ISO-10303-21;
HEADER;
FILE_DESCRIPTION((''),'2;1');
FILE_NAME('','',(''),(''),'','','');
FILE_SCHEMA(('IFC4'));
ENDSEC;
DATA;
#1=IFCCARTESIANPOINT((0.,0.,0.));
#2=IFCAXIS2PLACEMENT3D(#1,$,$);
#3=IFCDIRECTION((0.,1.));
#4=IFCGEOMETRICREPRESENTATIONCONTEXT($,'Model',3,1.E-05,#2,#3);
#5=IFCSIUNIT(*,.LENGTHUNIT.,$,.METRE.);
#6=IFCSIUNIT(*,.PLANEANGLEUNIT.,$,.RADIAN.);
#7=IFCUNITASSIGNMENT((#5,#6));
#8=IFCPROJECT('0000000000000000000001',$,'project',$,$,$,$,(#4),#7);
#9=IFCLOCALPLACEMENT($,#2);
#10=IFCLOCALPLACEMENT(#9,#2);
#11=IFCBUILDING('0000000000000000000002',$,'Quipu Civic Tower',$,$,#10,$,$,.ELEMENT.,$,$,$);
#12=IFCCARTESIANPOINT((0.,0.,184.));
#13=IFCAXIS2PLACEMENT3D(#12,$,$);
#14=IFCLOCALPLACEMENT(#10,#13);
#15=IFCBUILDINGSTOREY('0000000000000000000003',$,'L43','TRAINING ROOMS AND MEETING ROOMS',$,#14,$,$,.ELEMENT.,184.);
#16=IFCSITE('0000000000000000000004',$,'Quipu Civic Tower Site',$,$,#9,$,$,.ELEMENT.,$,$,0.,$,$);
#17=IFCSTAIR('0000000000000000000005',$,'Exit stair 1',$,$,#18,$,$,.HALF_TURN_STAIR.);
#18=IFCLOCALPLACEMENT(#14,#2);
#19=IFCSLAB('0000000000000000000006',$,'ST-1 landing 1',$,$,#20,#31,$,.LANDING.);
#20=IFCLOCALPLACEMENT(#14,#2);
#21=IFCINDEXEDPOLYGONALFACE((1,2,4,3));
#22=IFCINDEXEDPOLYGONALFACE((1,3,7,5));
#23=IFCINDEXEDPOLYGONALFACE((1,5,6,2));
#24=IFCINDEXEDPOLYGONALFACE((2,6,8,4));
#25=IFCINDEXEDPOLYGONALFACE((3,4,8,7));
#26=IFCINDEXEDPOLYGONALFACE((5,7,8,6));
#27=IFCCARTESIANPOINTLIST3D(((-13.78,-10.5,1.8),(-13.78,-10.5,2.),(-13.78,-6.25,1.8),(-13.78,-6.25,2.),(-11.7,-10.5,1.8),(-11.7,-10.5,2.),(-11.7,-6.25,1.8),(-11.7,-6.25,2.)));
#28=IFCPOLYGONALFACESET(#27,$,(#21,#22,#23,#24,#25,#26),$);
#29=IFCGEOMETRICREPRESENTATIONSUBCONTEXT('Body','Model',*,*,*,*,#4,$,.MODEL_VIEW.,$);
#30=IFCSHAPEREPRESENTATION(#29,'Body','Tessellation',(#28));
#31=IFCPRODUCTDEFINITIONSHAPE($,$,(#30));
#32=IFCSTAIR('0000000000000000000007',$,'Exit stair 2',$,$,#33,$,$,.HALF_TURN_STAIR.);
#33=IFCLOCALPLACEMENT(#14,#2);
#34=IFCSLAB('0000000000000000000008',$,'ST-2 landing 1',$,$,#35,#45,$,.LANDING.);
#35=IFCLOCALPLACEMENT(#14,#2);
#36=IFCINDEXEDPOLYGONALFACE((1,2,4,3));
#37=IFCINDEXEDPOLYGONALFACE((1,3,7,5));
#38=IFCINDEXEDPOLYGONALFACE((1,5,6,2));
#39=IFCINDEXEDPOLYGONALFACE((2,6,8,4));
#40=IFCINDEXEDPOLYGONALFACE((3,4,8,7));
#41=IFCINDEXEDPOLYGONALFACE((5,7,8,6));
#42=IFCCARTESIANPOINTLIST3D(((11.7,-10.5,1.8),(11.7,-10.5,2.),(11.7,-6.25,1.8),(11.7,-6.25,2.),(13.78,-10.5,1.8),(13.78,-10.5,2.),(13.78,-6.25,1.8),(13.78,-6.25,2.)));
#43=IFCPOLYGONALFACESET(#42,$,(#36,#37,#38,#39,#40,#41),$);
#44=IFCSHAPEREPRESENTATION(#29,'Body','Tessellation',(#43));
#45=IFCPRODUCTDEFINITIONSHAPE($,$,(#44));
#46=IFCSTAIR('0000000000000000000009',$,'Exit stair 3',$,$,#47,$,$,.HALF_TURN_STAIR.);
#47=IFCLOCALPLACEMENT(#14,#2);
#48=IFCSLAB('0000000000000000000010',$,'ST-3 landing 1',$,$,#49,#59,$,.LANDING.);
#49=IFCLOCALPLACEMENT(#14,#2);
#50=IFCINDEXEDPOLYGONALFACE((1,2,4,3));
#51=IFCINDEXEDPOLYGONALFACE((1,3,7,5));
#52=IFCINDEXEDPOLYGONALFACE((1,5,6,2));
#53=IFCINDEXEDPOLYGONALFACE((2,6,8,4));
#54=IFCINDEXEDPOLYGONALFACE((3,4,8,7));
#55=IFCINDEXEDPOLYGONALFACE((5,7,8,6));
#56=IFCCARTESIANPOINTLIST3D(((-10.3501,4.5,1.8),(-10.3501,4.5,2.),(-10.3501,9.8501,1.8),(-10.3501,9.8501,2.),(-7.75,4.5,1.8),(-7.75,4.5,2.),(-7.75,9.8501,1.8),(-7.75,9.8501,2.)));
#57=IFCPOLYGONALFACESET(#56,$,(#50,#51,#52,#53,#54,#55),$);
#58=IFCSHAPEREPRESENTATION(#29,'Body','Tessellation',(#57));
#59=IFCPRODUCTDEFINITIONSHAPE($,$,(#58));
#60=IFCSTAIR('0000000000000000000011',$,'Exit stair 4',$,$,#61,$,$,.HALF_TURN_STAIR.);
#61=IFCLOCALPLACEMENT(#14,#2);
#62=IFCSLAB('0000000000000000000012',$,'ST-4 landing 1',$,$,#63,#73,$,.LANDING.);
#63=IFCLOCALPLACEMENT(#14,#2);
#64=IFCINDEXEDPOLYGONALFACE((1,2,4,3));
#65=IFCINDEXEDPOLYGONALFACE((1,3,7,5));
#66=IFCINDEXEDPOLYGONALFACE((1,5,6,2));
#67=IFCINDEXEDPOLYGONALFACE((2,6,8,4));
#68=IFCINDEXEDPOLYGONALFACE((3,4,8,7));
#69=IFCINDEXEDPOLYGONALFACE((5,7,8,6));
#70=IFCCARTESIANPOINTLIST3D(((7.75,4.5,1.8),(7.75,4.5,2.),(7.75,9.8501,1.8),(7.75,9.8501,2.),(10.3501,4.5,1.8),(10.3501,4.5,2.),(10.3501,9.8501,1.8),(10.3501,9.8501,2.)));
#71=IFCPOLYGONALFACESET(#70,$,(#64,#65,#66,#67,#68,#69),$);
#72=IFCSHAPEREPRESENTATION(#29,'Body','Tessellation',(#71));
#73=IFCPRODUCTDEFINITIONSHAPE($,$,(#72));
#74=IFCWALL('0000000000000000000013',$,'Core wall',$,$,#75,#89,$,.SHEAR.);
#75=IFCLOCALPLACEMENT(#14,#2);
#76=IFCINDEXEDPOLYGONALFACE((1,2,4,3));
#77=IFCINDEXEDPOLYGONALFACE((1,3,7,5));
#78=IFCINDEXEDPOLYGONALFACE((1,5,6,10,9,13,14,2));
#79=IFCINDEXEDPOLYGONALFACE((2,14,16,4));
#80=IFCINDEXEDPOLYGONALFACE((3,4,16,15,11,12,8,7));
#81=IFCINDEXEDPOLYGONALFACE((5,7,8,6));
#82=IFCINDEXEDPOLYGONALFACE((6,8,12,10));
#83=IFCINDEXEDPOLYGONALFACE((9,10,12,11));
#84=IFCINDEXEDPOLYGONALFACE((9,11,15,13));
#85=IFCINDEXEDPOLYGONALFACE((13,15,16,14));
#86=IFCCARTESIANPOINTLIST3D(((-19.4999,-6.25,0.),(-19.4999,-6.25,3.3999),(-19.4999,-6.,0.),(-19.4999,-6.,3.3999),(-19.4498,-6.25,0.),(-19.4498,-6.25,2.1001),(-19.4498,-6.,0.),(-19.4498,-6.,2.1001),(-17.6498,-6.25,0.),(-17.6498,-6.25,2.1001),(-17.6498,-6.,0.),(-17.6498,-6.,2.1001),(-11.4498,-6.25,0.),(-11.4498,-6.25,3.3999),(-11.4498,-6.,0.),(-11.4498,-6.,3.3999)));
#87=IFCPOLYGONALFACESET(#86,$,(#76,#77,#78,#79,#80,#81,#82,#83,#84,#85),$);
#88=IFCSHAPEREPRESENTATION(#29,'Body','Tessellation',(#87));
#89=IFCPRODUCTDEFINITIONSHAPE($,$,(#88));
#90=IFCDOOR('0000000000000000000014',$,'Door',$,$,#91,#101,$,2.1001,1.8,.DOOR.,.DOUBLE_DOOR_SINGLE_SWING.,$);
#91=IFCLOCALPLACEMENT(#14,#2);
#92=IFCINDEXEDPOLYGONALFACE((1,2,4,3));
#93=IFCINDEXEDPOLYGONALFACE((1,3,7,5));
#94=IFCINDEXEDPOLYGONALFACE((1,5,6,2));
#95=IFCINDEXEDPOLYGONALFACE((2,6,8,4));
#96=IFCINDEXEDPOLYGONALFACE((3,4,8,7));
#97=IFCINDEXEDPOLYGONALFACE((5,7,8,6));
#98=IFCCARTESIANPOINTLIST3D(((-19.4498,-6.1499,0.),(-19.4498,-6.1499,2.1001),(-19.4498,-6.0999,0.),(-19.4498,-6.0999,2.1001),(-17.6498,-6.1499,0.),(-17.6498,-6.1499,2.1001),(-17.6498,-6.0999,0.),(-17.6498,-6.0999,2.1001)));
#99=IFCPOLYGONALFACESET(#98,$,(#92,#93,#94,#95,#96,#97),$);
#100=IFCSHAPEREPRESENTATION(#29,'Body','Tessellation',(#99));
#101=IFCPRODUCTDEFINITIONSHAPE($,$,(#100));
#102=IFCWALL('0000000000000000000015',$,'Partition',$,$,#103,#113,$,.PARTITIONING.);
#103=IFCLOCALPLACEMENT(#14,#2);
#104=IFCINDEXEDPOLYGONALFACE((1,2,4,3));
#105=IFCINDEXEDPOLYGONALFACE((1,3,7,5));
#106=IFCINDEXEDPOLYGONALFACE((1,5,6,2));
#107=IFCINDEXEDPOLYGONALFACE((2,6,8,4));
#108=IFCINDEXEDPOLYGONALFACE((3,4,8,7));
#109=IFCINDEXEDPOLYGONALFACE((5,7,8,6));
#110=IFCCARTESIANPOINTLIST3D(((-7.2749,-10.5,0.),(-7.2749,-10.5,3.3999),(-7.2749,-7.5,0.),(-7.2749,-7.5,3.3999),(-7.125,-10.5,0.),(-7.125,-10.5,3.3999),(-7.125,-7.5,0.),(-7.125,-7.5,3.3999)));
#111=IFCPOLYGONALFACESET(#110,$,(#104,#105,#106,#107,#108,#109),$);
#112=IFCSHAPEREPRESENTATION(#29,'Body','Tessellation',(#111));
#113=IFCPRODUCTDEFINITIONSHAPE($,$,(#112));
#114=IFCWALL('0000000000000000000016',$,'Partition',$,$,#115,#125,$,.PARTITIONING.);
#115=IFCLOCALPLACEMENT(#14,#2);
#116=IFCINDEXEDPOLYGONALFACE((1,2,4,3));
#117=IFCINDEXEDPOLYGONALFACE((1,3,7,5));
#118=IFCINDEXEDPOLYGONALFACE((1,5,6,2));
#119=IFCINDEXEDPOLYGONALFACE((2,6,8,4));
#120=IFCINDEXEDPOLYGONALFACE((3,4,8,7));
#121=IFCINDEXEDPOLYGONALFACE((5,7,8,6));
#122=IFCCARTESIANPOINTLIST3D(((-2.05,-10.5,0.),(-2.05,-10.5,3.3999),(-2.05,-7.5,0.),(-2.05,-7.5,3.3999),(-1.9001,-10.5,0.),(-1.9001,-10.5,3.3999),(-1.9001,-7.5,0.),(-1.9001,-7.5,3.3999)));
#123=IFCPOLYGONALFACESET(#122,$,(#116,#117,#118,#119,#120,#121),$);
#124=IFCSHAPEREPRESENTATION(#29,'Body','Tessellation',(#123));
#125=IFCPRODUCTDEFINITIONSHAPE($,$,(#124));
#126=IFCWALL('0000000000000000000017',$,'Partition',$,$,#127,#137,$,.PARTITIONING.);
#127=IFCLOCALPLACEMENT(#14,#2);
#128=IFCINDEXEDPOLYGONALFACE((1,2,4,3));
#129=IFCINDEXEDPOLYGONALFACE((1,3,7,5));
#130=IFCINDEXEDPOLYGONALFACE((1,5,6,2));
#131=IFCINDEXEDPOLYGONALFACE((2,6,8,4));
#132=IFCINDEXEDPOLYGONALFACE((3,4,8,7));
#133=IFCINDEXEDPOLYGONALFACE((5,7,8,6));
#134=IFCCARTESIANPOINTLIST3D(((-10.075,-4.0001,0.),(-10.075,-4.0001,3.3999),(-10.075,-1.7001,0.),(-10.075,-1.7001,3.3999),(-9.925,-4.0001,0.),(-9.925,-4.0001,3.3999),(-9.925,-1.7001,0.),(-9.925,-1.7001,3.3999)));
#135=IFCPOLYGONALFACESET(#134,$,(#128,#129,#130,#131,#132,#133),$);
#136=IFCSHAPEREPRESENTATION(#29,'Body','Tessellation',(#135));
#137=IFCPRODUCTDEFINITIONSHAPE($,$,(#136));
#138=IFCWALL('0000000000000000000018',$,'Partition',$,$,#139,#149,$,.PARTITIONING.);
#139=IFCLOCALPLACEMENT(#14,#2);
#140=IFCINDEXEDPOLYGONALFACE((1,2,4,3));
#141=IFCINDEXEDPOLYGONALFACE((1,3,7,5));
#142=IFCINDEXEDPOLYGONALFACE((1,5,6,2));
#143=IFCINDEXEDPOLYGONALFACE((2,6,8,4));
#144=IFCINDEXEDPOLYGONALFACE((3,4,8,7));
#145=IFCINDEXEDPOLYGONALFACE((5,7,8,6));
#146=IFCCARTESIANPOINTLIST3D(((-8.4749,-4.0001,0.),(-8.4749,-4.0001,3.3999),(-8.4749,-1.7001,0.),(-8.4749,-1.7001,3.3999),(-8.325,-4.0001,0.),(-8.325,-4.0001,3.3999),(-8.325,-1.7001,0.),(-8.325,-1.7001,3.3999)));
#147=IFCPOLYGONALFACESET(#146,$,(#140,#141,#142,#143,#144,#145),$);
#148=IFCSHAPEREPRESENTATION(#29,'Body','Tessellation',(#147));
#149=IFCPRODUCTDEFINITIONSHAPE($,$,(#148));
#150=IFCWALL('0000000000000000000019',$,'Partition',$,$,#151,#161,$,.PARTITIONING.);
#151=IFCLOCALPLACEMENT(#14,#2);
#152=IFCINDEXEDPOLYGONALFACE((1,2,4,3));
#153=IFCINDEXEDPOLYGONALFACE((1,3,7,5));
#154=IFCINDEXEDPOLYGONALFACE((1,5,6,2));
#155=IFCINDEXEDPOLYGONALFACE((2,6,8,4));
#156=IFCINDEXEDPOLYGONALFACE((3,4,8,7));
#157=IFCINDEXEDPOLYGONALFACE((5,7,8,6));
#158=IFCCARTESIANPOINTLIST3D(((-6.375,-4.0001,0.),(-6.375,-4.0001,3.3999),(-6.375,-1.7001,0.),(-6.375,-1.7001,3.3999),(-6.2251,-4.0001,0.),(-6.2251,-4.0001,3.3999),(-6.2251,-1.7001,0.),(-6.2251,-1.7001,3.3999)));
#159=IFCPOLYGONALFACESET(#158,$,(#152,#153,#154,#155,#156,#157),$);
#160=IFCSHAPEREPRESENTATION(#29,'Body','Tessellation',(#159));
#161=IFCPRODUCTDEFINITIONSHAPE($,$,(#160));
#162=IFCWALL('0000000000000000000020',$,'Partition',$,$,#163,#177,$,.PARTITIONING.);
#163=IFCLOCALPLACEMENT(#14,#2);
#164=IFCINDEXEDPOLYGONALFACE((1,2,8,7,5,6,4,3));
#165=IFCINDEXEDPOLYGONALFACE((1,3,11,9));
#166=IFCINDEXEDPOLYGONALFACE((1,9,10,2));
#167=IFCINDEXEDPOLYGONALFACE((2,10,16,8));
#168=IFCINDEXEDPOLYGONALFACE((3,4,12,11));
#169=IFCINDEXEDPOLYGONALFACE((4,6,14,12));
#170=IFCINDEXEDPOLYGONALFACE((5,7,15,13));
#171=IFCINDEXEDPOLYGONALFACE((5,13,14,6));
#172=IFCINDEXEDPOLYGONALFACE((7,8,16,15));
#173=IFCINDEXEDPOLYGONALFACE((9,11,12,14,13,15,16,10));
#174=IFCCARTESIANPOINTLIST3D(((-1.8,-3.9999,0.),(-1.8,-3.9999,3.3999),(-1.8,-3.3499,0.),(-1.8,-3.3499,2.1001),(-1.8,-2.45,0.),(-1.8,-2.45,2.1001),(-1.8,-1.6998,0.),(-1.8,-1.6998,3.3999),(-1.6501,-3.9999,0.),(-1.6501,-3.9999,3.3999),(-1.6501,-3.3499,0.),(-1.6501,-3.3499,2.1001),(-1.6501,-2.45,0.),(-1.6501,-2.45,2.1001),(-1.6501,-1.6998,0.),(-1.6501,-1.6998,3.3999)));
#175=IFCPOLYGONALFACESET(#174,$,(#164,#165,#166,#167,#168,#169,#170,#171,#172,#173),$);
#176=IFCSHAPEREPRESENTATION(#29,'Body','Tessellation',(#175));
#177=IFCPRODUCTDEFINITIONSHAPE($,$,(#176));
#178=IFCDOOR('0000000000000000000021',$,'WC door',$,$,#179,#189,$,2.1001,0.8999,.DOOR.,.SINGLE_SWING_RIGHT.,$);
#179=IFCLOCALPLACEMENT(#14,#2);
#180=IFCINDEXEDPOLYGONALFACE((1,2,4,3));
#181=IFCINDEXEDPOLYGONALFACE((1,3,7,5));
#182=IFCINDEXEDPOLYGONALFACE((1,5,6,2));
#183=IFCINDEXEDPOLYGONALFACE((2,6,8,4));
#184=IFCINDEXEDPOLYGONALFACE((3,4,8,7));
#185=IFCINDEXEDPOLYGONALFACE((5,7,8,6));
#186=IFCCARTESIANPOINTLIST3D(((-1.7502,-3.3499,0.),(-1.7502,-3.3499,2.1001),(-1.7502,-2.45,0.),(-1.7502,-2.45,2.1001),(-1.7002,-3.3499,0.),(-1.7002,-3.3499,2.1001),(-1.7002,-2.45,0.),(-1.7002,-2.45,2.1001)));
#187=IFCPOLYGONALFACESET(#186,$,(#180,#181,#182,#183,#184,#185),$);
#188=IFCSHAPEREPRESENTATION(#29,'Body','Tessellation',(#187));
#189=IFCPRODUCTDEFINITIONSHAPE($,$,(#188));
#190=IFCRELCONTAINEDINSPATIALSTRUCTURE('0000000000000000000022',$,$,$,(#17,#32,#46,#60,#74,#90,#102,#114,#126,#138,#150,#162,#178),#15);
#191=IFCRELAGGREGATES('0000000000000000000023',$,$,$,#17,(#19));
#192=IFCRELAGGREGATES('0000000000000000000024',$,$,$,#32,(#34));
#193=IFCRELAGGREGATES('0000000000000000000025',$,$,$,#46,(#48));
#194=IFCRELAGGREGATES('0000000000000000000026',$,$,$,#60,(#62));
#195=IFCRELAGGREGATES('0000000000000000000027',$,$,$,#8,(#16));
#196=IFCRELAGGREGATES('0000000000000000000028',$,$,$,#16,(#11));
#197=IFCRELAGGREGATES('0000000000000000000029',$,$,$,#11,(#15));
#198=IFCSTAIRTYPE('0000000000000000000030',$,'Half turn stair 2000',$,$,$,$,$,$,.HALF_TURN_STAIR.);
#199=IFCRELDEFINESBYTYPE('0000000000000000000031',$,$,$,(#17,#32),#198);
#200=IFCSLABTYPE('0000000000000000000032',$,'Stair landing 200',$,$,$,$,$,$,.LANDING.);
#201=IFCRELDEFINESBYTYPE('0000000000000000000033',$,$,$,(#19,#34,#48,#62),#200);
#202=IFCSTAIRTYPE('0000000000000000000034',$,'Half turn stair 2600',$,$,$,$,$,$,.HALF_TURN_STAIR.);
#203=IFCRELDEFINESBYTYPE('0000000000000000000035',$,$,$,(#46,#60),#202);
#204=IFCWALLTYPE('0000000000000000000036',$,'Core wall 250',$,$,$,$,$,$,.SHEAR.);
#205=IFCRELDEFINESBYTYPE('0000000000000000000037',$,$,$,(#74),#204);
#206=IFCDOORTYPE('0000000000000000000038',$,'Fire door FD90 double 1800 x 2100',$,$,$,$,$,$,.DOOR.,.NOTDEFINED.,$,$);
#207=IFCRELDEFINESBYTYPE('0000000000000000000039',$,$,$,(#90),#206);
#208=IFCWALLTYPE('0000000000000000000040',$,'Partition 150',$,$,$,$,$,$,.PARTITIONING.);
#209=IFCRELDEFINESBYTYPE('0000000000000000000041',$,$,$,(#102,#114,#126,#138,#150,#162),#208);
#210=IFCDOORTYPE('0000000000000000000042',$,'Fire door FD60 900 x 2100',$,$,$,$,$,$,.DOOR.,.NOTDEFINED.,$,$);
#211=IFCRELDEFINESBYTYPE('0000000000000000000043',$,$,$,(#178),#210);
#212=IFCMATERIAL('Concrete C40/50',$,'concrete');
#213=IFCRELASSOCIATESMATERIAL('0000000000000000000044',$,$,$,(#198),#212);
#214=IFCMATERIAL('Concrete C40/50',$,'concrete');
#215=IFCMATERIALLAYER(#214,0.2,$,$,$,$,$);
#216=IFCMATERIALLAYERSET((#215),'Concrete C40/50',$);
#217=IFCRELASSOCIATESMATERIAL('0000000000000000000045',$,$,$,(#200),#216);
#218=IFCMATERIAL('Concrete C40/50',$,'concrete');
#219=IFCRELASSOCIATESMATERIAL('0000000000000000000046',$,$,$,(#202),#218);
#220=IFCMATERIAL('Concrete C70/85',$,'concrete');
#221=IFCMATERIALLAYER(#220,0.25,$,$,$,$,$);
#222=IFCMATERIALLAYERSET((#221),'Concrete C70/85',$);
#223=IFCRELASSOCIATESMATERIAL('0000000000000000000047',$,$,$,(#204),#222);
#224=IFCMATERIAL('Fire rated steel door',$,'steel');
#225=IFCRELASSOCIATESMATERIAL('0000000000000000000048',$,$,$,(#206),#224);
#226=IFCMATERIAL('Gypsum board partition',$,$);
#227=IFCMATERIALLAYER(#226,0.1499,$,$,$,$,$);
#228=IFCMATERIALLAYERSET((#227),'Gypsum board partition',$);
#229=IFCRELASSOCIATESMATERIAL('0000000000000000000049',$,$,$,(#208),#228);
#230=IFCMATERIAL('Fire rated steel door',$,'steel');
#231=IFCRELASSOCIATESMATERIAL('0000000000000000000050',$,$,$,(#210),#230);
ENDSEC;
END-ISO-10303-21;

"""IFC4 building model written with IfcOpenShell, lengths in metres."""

from ifc_helpers import new_model, si_unit, direction, frame, frame_2d, origin, place, context, subcontext, project, spatial, polyline, rectangle, outline, extrude, material, layer, layer_set, type_object, element, fill, aggregate, save


model = new_model("IFC4")

# Units and contexts
model_context = context("Model", 3, precision=1e-05, world=origin(), true_north=direction((0.0, 1.0)))
body_context = subcontext(model_context, "Body", "Model", "MODEL_VIEW")
ifc_project = project(units=[si_unit("LENGTHUNIT", "METRE"), si_unit("PLANEANGLEUNIT", "RADIAN")], contexts=[model_context])

# Site, building, storey
site_placement = place(None, origin())
site = spatial("IfcSite", under=ifc_project, at=site_placement, Name="Quipu Civic Tower Site", CompositionType="ELEMENT", RefElevation=0.0)
building_placement = place(site_placement, origin())
building = spatial("IfcBuilding", under=site, at=building_placement, Name="Quipu Civic Tower", CompositionType="ELEMENT")
storey_placement = place(building_placement, frame((0.0, 0.0, 184.0)))
storey = spatial("IfcBuildingStorey", under=building, at=storey_placement, Name="L43", Description="TRAINING ROOMS AND MEETING ROOMS", CompositionType="ELEMENT", Elevation=184.0)

# Stairs, slabs
ifc_material_1 = material(Name="Concrete C40/50", Category="concrete")
stair_type_1 = type_object("IfcStairType", Name="Half turn stair 2000", PredefinedType="HALF_TURN_STAIR", material=ifc_material_1)
stair_1_placement = place(storey_placement, origin())
stair_1 = element("IfcStair", 1, at=stair_1_placement, inside=storey, type_object=stair_type_1, Name="Exit stair 1", PredefinedType="HALF_TURN_STAIR")
ifc_material_2 = material(Name="Concrete C40/50", Category="concrete")
ifc_layer_1 = layer(ifc_material_2, 0.2)
ifc_layer_set_1 = layer_set([ifc_layer_1], Name="Concrete C40/50")
slab_type_1 = type_object("IfcSlabType", Name="Stair landing 200", PredefinedType="LANDING", material=ifc_layer_set_1)
slab_1_placement = place(storey_placement, frame((0.0, 0.0, 1.8)))
slab_1 = element("IfcSlab", 2, at=slab_1_placement, type_object=slab_type_1, Name="ST-1 landing 1", PredefinedType="LANDING", context=body_context, shape_type="SweptSolid", body=[
    extrude(outline(polyline([(-13.78, -10.5), (-11.7, -10.5), (-11.7, -6.25), (-13.78, -6.25), (-13.78, -10.5)])), origin(), (0.0, 0.0, 1.0), 0.2),
])
aggregate(stair_1, [slab_1])
stair_2_placement = place(storey_placement, origin())
stair_2 = element("IfcStair", 3, at=stair_2_placement, inside=storey, type_object=stair_type_1, Name="Exit stair 2", PredefinedType="HALF_TURN_STAIR")
slab_2_placement = place(storey_placement, frame((0.0, 0.0, 1.8)))
slab_2 = element("IfcSlab", 4, at=slab_2_placement, type_object=slab_type_1, Name="ST-2 landing 1", PredefinedType="LANDING", context=body_context, shape_type="SweptSolid", body=[
    extrude(outline(polyline([(13.78, -6.25), (11.7, -6.25), (11.7, -10.5), (13.78, -10.5), (13.78, -6.25)])), origin(), (0.0, 0.0, 1.0), 0.2),
])
aggregate(stair_2, [slab_2])
ifc_material_3 = material(Name="Concrete C40/50", Category="concrete")
stair_type_2 = type_object("IfcStairType", Name="Half turn stair 2600", PredefinedType="HALF_TURN_STAIR", material=ifc_material_3)
stair_3_placement = place(storey_placement, origin())
stair_3 = element("IfcStair", 5, at=stair_3_placement, inside=storey, type_object=stair_type_2, Name="Exit stair 3", PredefinedType="HALF_TURN_STAIR")
slab_3_placement = place(storey_placement, frame((0.0, 0.0, 1.8)))
slab_3 = element("IfcSlab", 6, at=slab_3_placement, type_object=slab_type_1, Name="ST-3 landing 1", PredefinedType="LANDING", context=body_context, shape_type="SweptSolid", body=[
    extrude(outline(polyline([(-10.3501, 4.5), (-7.75, 4.5), (-7.75, 9.8501), (-10.3501, 9.8501), (-10.3501, 4.5)])), origin(), (0.0, 0.0, 1.0), 0.2),
])
aggregate(stair_3, [slab_3])
stair_4_placement = place(storey_placement, origin())
stair_4 = element("IfcStair", 7, at=stair_4_placement, inside=storey, type_object=stair_type_2, Name="Exit stair 4", PredefinedType="HALF_TURN_STAIR")
slab_4_placement = place(storey_placement, frame((0.0, 0.0, 1.8)))
slab_4 = element("IfcSlab", 8, at=slab_4_placement, type_object=slab_type_1, Name="ST-4 landing 1", PredefinedType="LANDING", context=body_context, shape_type="SweptSolid", body=[
    extrude(outline(polyline([(10.3501, 9.8501), (7.75, 9.8501), (7.75, 4.5), (10.3501, 4.5), (10.3501, 9.8501)])), origin(), (0.0, 0.0, 1.0), 0.2),
])
aggregate(stair_4, [slab_4])

# Wall, opening, door
ifc_material_4 = material(Name="Concrete C70/85", Category="concrete")
ifc_layer_2 = layer(ifc_material_4, 0.25)
ifc_layer_set_2 = layer_set([ifc_layer_2], Name="Concrete C70/85")
wall_type_1 = type_object("IfcWallType", Name="Core wall 250", PredefinedType="SHEAR", material=ifc_layer_set_2)
wall_1_placement = place(storey_placement, frame((-11.45, -6.125, 0.0), z_axis=(0.0, 0.0, 1.0), x_axis=(-1.0, 0.0, 0.0)))
wall_1 = element("IfcWall", 9, at=wall_1_placement, inside=storey, type_object=wall_type_1, Name="Core wall", PredefinedType="SHEAR", context=body_context, shape_type="SweptSolid", body=[
    extrude(rectangle(XDim=8.05, YDim=0.25, at=frame_2d((4.0249, 0.0))), origin(), (0.0, 0.0, 1.0), 3.3999),
])
opening_1_placement = place(wall_1_placement, frame((6.2, 0.0, 0.0)))
opening_1 = element("IfcOpeningElement", 10, at=opening_1_placement, cuts=wall_1, PredefinedType="OPENING", context=body_context, shape_type="SweptSolid", body=[
    extrude(rectangle(XDim=1.8, YDim=2.1001, at=frame_2d((0.8999, 1.05))), frame((0.0, 0.135, 0.0), z_axis=(0.0, -1.0, 0.0), x_axis=(1.0, 0.0, 0.0)), (0.0, 0.0, 1.0), 0.27),
])
ifc_material_5 = material(Name="Fire rated steel door", Category="steel")
door_type_1 = type_object("IfcDoorType", Name="Fire door FD90 double 1800 x 2100", OperationType="NOTDEFINED", PredefinedType="DOOR", material=ifc_material_5)
door_1_placement = place(opening_1_placement, origin())
door_1 = element("IfcDoor", 11, at=door_1_placement, inside=storey, type_object=door_type_1, Name="Door", OperationType="DOUBLE_DOOR_SINGLE_SWING", OverallHeight=2.1001, OverallWidth=1.8, PredefinedType="DOOR", context=body_context, shape_type="SweptSolid", body=[
    extrude(rectangle(XDim=1.8, YDim=2.1001, at=frame_2d((0.8999, 1.05))), frame((0.0, 0.0249, 0.0), z_axis=(0.0, -1.0, 0.0), x_axis=(1.0, 0.0, 0.0)), (0.0, 0.0, 1.0), 0.05),
])
fill(opening_1, door_1)

# Walls
ifc_material_6 = material(Name="Gypsum board partition")
ifc_layer_3 = layer(ifc_material_6, 0.1499)
ifc_layer_set_3 = layer_set([ifc_layer_3], Name="Gypsum board partition")
wall_type_2 = type_object("IfcWallType", Name="Partition 150", PredefinedType="PARTITIONING", material=ifc_layer_set_3)
for number, where, z_axis, x_axis, name in (
    (12, (-7.2, -10.5, 0.0), (0.0, 0.0, 1.0), (0.0, 1.0, 0.0), "Partition"),
    (13, (-1.9751, -10.5, 0.0), (0.0, 0.0, 1.0), (0.0, 1.0, 0.0), "Partition"),
):
    element("IfcWall", number, at=place(storey_placement, frame(where, z_axis=z_axis, x_axis=x_axis)), inside=storey, type_object=wall_type_2, Name=name, PredefinedType="PARTITIONING", context=body_context, shape_type="SweptSolid", body=[
        extrude(rectangle(XDim=3.0, YDim=0.1499, at=frame_2d((1.5, 0.0))), origin(), (0.0, 0.0, 1.0), 3.3999),
    ])
for number, where, z_axis, x_axis, name in (
    (14, (-10.0, -4.0, 0.0), (0.0, 0.0, 1.0), (0.0, 1.0, 0.0), "Partition"),
    (15, (-8.3999, -4.0, 0.0), (0.0, 0.0, 1.0), (0.0, 1.0, 0.0), "Partition"),
    (16, (-6.3, -4.0, 0.0), (0.0, 0.0, 1.0), (0.0, 1.0, 0.0), "Partition"),
):
    element("IfcWall", number, at=place(storey_placement, frame(where, z_axis=z_axis, x_axis=x_axis)), inside=storey, type_object=wall_type_2, Name=name, PredefinedType="PARTITIONING", context=body_context, shape_type="SweptSolid", body=[
        extrude(rectangle(XDim=2.3, YDim=0.1499, at=frame_2d((1.1499, 0.0))), origin(), (0.0, 0.0, 1.0), 3.3999),
    ])

# Wall, opening, door
wall_2_placement = place(storey_placement, frame((-1.7251, -1.7, 0.0), z_axis=(0.0, 0.0, 1.0), x_axis=(0.0, -1.0, 0.0)))
wall_2 = element("IfcWall", 17, at=wall_2_placement, inside=storey, type_object=wall_type_2, Name="Partition", PredefinedType="PARTITIONING", context=body_context, shape_type="SweptSolid", body=[
    extrude(rectangle(XDim=2.3, YDim=0.1499, at=frame_2d((1.1499, 0.0))), origin(), (0.0, 0.0, 1.0), 3.3999),
])
opening_2_placement = place(wall_2_placement, frame((0.75, 0.0, 0.0)))
opening_2 = element("IfcOpeningElement", 18, at=opening_2_placement, cuts=wall_2, PredefinedType="OPENING", context=body_context, shape_type="SweptSolid", body=[
    extrude(rectangle(XDim=0.8999, YDim=2.1001, at=frame_2d((0.45, 1.05))), frame((0.0, 0.085, 0.0), z_axis=(0.0, -1.0, 0.0), x_axis=(1.0, 0.0, 0.0)), (0.0, 0.0, 1.0), 0.1699),
])
ifc_material_7 = material(Name="Fire rated steel door", Category="steel")
door_type_2 = type_object("IfcDoorType", Name="Fire door FD60 900 x 2100", OperationType="NOTDEFINED", PredefinedType="DOOR", material=ifc_material_7)
door_2_placement = place(opening_2_placement, origin())
door_2 = element("IfcDoor", 19, at=door_2_placement, inside=storey, type_object=door_type_2, Name="WC door", OperationType="SINGLE_SWING_RIGHT", OverallHeight=2.1001, OverallWidth=0.8999, PredefinedType="DOOR", context=body_context, shape_type="SweptSolid", body=[
    extrude(rectangle(XDim=0.8999, YDim=2.1001, at=frame_2d((0.45, 1.05))), frame((0.0, 0.0249, 0.0), z_axis=(0.0, -1.0, 0.0), x_axis=(1.0, 0.0, 0.0)), (0.0, 0.0, 1.0), 0.05),
])
fill(opening_2, door_2)

save(model, "model.ifc")
